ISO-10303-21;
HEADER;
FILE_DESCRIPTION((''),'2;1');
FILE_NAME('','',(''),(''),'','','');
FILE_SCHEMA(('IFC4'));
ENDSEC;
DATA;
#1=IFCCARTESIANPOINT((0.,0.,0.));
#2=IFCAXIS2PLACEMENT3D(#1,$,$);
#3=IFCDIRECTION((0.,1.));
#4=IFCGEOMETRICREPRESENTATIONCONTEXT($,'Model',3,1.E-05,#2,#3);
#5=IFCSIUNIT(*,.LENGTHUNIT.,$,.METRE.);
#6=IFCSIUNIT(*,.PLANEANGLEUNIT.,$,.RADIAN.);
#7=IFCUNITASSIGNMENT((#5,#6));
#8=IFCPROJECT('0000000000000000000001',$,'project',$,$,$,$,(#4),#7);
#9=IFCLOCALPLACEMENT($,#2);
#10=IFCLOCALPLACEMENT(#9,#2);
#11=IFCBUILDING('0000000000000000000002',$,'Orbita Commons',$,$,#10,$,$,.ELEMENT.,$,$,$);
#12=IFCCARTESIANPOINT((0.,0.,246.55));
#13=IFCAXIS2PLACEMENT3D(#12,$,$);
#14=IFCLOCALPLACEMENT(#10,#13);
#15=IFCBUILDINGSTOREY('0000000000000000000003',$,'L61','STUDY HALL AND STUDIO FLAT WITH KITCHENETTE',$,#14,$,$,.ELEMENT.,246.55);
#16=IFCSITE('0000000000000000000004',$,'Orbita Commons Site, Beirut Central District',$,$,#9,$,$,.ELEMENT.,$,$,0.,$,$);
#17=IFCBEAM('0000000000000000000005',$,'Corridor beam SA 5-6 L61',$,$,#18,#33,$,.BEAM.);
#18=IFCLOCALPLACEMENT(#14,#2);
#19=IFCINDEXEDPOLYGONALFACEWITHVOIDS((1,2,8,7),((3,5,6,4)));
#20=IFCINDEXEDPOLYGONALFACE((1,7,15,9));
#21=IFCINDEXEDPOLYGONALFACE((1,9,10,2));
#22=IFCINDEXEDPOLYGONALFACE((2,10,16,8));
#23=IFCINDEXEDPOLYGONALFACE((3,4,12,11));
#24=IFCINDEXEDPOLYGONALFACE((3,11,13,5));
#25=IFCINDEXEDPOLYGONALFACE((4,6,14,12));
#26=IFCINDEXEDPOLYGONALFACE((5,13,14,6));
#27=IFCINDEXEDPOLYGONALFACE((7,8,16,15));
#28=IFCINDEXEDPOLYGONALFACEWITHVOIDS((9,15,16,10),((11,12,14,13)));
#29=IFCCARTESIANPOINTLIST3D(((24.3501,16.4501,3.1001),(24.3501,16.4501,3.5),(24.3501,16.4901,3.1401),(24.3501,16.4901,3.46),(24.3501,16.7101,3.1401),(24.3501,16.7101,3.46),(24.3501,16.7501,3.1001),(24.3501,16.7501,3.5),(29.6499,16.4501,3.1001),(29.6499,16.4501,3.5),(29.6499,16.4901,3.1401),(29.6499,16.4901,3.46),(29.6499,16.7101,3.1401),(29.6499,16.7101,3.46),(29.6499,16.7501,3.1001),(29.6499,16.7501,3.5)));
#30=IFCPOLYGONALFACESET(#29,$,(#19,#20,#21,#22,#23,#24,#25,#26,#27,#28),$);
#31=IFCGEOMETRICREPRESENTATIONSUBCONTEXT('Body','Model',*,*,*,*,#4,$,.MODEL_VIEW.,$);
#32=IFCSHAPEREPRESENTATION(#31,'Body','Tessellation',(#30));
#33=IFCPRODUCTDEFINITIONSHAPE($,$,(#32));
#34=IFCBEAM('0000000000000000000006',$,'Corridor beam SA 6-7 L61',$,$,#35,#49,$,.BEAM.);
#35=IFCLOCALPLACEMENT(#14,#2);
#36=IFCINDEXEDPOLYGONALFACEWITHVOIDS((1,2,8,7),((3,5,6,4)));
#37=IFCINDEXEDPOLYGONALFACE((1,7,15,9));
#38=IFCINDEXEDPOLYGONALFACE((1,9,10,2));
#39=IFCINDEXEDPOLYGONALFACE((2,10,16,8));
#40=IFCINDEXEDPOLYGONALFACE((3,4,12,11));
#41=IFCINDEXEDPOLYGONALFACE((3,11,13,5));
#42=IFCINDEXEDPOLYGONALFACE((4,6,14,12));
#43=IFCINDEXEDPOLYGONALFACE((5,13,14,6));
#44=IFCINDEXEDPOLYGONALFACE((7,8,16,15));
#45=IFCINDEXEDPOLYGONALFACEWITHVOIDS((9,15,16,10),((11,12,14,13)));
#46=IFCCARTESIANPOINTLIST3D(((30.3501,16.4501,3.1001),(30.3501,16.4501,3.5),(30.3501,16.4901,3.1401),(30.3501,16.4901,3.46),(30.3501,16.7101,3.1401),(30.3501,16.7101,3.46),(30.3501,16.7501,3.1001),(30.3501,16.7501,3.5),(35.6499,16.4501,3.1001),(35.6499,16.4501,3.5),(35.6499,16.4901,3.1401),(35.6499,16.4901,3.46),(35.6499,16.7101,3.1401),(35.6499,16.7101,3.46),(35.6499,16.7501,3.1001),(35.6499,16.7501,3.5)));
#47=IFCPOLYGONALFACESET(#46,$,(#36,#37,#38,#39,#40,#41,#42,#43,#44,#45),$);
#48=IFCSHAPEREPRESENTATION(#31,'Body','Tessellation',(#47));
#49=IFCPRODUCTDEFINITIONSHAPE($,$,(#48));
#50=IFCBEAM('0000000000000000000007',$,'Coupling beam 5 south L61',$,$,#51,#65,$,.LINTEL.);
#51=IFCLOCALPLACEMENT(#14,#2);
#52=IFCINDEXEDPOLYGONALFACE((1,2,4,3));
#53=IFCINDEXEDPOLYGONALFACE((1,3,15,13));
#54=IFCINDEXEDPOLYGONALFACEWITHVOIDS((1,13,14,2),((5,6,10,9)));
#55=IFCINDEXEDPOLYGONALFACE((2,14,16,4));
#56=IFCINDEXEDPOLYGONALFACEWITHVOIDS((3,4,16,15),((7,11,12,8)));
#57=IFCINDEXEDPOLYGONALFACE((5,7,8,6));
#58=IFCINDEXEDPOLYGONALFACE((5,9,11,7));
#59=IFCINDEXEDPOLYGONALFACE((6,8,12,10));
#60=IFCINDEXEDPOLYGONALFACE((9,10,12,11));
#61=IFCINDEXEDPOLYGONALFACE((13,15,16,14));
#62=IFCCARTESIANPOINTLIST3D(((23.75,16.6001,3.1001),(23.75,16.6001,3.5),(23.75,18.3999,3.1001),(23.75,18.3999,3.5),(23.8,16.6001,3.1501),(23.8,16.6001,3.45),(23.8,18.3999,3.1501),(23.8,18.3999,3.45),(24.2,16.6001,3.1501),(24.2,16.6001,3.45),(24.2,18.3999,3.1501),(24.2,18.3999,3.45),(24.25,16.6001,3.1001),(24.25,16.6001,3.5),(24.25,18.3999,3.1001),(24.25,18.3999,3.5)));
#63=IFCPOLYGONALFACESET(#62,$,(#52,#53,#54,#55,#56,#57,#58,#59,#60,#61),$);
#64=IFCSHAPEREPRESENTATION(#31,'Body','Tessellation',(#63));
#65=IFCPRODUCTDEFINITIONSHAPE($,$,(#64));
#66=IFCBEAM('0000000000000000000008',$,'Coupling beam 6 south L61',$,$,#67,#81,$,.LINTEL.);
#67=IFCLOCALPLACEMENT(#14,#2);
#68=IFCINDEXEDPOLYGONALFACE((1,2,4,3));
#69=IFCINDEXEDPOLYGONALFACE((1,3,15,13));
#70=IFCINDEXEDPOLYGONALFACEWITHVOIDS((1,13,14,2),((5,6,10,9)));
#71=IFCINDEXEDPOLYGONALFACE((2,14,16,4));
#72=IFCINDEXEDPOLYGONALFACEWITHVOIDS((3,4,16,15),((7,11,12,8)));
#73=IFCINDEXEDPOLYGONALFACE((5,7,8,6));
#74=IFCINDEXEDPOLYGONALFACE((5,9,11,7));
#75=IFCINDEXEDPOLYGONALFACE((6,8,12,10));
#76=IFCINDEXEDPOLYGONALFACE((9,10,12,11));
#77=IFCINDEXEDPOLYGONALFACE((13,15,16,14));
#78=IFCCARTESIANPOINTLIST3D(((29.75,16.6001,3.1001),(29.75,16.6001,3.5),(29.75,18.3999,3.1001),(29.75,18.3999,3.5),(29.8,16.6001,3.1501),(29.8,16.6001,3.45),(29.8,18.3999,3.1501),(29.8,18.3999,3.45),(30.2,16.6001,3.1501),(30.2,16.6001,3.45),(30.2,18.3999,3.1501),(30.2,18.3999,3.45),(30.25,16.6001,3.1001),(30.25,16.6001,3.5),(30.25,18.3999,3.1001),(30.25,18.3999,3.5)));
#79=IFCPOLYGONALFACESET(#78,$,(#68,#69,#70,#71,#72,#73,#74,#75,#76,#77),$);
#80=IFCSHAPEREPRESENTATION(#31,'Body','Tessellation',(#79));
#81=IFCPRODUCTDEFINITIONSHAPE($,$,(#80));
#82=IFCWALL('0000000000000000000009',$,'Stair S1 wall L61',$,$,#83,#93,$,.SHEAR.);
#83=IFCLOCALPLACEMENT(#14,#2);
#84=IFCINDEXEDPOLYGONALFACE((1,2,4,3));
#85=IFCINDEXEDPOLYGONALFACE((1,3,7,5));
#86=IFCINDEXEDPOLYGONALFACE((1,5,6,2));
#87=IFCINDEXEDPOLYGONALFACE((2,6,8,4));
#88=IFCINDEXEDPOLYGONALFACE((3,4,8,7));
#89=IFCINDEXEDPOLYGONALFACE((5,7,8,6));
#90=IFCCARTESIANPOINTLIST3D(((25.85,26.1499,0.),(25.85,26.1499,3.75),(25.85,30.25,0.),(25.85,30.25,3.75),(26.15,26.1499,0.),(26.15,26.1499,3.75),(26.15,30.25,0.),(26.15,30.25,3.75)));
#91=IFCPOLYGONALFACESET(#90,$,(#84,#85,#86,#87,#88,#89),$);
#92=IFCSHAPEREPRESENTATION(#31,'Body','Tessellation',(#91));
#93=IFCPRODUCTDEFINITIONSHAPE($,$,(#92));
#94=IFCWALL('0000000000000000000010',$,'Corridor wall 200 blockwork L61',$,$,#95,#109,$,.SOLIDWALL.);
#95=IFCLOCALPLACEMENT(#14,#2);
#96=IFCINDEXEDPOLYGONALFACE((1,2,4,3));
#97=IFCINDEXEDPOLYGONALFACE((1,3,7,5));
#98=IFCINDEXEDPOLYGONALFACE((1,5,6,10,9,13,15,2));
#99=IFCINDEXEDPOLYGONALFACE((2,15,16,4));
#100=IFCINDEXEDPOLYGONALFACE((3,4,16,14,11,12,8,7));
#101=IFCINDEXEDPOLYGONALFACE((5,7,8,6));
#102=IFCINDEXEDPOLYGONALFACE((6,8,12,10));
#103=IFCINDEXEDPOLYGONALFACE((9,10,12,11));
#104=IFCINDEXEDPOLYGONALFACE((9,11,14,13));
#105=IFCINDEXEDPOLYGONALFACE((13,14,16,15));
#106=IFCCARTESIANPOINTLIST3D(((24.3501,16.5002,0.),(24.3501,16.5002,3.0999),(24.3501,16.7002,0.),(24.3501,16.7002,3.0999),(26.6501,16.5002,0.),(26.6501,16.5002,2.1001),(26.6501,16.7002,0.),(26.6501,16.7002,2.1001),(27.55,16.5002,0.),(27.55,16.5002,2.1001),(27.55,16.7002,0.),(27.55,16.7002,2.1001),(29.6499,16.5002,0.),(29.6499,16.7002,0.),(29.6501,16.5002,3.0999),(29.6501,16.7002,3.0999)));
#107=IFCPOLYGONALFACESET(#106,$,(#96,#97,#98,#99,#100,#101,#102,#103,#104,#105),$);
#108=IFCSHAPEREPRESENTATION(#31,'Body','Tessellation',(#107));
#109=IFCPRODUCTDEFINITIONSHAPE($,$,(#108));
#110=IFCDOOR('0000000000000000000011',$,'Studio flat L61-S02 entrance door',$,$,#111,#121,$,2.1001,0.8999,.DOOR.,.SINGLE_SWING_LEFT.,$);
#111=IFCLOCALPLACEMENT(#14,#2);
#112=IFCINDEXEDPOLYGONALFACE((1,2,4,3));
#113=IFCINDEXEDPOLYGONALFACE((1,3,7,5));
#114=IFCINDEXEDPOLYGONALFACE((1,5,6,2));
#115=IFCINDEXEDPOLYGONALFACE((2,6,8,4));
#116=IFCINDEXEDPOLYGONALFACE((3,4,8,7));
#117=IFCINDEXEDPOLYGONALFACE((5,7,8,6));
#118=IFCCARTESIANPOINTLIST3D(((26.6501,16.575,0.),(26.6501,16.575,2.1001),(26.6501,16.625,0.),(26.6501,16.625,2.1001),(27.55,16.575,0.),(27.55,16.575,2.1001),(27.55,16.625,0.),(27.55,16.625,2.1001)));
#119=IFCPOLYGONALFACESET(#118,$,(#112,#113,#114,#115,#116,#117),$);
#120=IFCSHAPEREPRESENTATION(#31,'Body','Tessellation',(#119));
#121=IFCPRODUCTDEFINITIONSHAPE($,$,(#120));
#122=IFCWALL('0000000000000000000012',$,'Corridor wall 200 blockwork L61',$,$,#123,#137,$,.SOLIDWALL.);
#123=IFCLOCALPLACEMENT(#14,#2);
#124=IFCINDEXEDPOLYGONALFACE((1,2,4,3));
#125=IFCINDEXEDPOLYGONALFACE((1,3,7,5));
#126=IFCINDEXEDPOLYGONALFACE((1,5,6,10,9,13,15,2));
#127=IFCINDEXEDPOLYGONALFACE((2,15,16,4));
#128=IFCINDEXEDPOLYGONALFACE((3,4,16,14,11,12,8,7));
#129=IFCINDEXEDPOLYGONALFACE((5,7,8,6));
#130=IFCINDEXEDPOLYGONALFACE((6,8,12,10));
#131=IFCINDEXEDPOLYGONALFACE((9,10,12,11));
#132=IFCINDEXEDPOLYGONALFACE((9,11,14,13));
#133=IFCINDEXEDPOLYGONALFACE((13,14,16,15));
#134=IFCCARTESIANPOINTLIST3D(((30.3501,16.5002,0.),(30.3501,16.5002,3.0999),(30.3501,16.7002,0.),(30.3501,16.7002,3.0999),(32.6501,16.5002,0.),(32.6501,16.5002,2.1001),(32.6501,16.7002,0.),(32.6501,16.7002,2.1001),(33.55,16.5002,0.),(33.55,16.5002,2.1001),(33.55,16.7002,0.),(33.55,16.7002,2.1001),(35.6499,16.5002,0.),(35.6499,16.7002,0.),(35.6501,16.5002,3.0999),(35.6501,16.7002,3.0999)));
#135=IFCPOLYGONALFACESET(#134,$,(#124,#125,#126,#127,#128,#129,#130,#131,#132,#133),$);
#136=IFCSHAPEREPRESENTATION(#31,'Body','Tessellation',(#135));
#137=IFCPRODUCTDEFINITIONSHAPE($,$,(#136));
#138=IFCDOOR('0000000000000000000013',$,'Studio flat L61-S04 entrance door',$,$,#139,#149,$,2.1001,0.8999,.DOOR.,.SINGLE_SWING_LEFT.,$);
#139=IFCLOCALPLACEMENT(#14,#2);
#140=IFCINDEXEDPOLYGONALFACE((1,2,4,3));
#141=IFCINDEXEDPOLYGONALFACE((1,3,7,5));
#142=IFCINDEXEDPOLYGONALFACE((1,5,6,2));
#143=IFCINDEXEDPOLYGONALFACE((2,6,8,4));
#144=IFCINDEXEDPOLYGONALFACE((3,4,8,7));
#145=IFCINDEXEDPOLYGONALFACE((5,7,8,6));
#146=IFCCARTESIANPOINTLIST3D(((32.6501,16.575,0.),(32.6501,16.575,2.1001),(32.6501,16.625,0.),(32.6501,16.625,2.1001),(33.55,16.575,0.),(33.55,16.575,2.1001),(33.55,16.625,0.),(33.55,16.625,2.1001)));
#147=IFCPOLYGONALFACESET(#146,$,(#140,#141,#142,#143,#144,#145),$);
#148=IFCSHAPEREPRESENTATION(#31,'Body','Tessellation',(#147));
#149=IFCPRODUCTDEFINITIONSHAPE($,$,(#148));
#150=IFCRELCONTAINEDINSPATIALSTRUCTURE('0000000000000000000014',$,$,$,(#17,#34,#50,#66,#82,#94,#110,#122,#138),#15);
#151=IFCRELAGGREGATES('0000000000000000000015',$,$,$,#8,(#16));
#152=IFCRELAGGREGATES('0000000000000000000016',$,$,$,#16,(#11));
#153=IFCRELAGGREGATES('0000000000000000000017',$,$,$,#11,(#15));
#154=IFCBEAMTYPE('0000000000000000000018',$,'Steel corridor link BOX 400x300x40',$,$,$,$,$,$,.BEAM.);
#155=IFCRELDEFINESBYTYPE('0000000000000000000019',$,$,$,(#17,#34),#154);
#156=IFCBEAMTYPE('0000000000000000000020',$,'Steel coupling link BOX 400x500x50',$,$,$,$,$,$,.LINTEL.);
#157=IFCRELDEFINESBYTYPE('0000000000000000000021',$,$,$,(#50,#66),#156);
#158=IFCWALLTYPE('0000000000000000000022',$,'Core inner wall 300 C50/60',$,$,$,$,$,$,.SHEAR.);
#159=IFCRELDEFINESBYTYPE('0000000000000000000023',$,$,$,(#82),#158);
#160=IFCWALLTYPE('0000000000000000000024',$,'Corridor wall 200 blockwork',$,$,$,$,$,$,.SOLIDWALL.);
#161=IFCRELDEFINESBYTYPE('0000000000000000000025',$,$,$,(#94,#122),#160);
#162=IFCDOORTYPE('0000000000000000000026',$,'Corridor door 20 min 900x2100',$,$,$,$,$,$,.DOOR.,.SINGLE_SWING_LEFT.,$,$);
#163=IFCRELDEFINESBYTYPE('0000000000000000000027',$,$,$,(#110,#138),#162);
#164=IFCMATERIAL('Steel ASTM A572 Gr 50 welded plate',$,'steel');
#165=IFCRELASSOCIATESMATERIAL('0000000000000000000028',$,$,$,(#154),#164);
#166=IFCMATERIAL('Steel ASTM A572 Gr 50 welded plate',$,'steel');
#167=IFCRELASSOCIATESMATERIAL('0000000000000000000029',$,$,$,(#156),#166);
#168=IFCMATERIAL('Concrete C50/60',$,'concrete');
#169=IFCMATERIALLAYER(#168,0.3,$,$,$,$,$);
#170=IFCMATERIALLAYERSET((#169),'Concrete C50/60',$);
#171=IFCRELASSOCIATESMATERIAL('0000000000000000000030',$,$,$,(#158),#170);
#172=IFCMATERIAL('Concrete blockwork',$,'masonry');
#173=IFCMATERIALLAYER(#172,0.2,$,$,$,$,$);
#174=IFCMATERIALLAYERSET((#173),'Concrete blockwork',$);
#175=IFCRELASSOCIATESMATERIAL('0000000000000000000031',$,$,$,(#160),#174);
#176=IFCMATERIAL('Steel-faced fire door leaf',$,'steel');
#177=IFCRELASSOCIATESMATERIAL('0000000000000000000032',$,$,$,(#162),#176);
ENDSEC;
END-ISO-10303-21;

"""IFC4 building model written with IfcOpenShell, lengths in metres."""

from ifc_helpers import new_model, si_unit, direction, frame, frame_2d, origin, origin_2d, place, context, subcontext, project, spatial, polyline, rectangle, hollow_rectangle, outline, extrude, material, layer, layer_set, material_profile, profile_set, type_object, element, fill, save


model = new_model("IFC4")

# Units and contexts
model_context = context("Model", 3, precision=1e-05, world=origin(), true_north=direction((0.0, 1.0)))
body_context = subcontext(model_context, "Body", "Model", "MODEL_VIEW")
ifc_project = project(units=[si_unit("LENGTHUNIT", "METRE"), si_unit("PLANEANGLEUNIT", "RADIAN")], contexts=[model_context])

# Site, building, storey
site_placement = place(None, origin())
site = spatial("IfcSite", under=ifc_project, at=site_placement, Name="Orbita Commons Site, Beirut Central District", CompositionType="ELEMENT", RefElevation=0.0)
building_placement = place(site_placement, origin())
building = spatial("IfcBuilding", under=site, at=building_placement, Name="Orbita Commons", CompositionType="ELEMENT")
storey_placement = place(building_placement, frame((0.0, 0.0, 246.55)))
storey = spatial("IfcBuildingStorey", under=building, at=storey_placement, Name="L61", Description="STUDY HALL AND STUDIO FLAT WITH KITCHENETTE", CompositionType="ELEMENT", Elevation=246.55)

# Beams
ifc_material_1 = material(Name="Steel ASTM A572 Gr 50 welded plate", Category="steel")
ifc_material_profile_1 = material_profile(ifc_material_1, hollow_rectangle(XDim=0.3, YDim=0.3999, WallThickness=0.04, at=origin_2d()), Name="BOX 400x300x40")
ifc_profile_set_1 = profile_set([ifc_material_profile_1], Name="Steel ASTM A572 Gr 50 welded plate")
beam_type_1 = type_object("IfcBeamType", Name="Steel corridor link BOX 400x300x40", PredefinedType="BEAM", material=ifc_profile_set_1)
for number, where, z_axis, x_axis, name in (
    (1, (24.3501, 16.6001, 3.3), (1.0, 0.0, 0.0), (0.0, 1.0, 0.0), "Corridor beam SA 5-6 L61"),
    (2, (30.3501, 16.6001, 3.3), (1.0, 0.0, 0.0), (0.0, 1.0, 0.0), "Corridor beam SA 6-7 L61"),
):
    element("IfcBeam", number, at=place(storey_placement, frame(where, z_axis=z_axis, x_axis=x_axis)), inside=storey, type_object=beam_type_1, Name=name, PredefinedType="BEAM", context=body_context, shape_type="SweptSolid", body=[
        extrude(hollow_rectangle(XDim=0.3, YDim=0.3999, WallThickness=0.04, at=origin_2d()), origin(), (0.0, 0.0, 1.0), 5.2998),
    ])
ifc_material_2 = material(Name="Steel ASTM A572 Gr 50 welded plate", Category="steel")
ifc_material_profile_2 = material_profile(ifc_material_2, hollow_rectangle(XDim=0.5, YDim=0.3999, WallThickness=0.05, at=origin_2d()), Name="BOX 400x500x50")
ifc_profile_set_2 = profile_set([ifc_material_profile_2], Name="Steel ASTM A572 Gr 50 welded plate")
beam_type_2 = type_object("IfcBeamType", Name="Steel coupling link BOX 400x500x50", PredefinedType="LINTEL", material=ifc_profile_set_2)
for number, where, z_axis, x_axis, name in (
    (3, (24.0, 16.6001, 3.3), (0.0, 1.0, 0.0), (-1.0, 0.0, 0.0), "Coupling beam 5 south L61"),
    (4, (30.0, 16.6001, 3.3), (0.0, 1.0, 0.0), (-1.0, 0.0, 0.0), "Coupling beam 6 south L61"),
):
    element("IfcBeam", number, at=place(storey_placement, frame(where, z_axis=z_axis, x_axis=x_axis)), inside=storey, type_object=beam_type_2, Name=name, PredefinedType="LINTEL", context=body_context, shape_type="SweptSolid", body=[
        extrude(hollow_rectangle(XDim=0.5, YDim=0.3999, WallThickness=0.05, at=origin_2d()), origin(), (0.0, 0.0, 1.0), 1.7998),
    ])

# Wall
ifc_material_3 = material(Name="Concrete C50/60", Category="concrete")
ifc_layer_1 = layer(ifc_material_3, 0.3)
ifc_layer_set_1 = layer_set([ifc_layer_1], Name="Concrete C50/60")
wall_type_1 = type_object("IfcWallType", Name="Core inner wall 300 C50/60", PredefinedType="SHEAR", material=ifc_layer_set_1)
wall_1_placement = place(storey_placement, frame((26.0, 26.1499, 0.0), z_axis=(0.0, 0.0, 1.0), x_axis=(0.0, 1.0, 0.0)))
element("IfcWall", 5, at=wall_1_placement, inside=storey, type_object=wall_type_1, Name="Stair S1 wall L61", PredefinedType="SHEAR", context=body_context, shape_type="SweptSolid", body=[
    extrude(rectangle(XDim=4.1001, YDim=0.3, at=frame_2d((2.05, 0.0))), origin(), (0.0, 0.0, 1.0), 3.75),
])

# Walls, openings, doors
ifc_material_4 = material(Name="Concrete blockwork", Category="masonry")
ifc_layer_2 = layer(ifc_material_4, 0.2)
ifc_layer_set_2 = layer_set([ifc_layer_2], Name="Concrete blockwork")
wall_type_2 = type_object("IfcWallType", Name="Corridor wall 200 blockwork", PredefinedType="SOLIDWALL", material=ifc_layer_set_2)
wall_2_placement = place(storey_placement, frame((24.3501, 16.6001, 0.0), z_axis=(0.0, 0.0, 1.0), x_axis=(1.0, 0.0, 0.0)))
wall_2 = element("IfcWall", 6, at=wall_2_placement, inside=storey, type_object=wall_type_2, Name="Corridor wall 200 blockwork L61", PredefinedType="SOLIDWALL", context=body_context, shape_type="SweptSolid", body=[
    extrude(outline(polyline([(0.0, 0.0), (5.2998, 0.0), (5.3, 3.0999), (0.0, 3.0999), (0.0, 0.0)])), frame((0.0, 0.1001, 0.0), z_axis=(0.0, -1.0, 0.0), x_axis=(1.0, 0.0, 0.0)), (0.0, 0.0, 1.0), 0.2),
])
opening_1_placement = place(wall_2_placement, frame((2.3, 0.0, 0.0)))
opening_1 = element("IfcOpeningElement", 7, at=opening_1_placement, cuts=wall_2, PredefinedType="OPENING", context=body_context, shape_type="SweptSolid", body=[
    extrude(rectangle(XDim=0.8999, YDim=2.1001, at=frame_2d((0.45, 1.05))), frame((0.0, 0.1099, 0.0), z_axis=(0.0, -1.0, 0.0), x_axis=(1.0, 0.0, 0.0)), (0.0, 0.0, 1.0), 0.22),
])
ifc_material_5 = material(Name="Steel-faced fire door leaf", Category="steel")
door_type_1 = type_object("IfcDoorType", Name="Corridor door 20 min 900x2100", OperationType="SINGLE_SWING_LEFT", PredefinedType="DOOR", material=ifc_material_5)
door_1_placement = place(opening_1_placement, origin())
door_1 = element("IfcDoor", 8, at=door_1_placement, inside=storey, type_object=door_type_1, Name="Studio flat L61-S02 entrance door", OperationType="SINGLE_SWING_LEFT", OverallHeight=2.1001, OverallWidth=0.8999, PredefinedType="DOOR", context=body_context, shape_type="SweptSolid", body=[
    extrude(rectangle(XDim=0.8999, YDim=2.1001, at=frame_2d((0.45, 1.05))), frame((0.0, 0.0249, 0.0), z_axis=(0.0, -1.0, 0.0), x_axis=(1.0, 0.0, 0.0)), (0.0, 0.0, 1.0), 0.05),
])
fill(opening_1, door_1)
wall_3_placement = place(storey_placement, frame((30.3501, 16.6001, 0.0), z_axis=(0.0, 0.0, 1.0), x_axis=(1.0, 0.0, 0.0)))
wall_3 = element("IfcWall", 9, at=wall_3_placement, inside=storey, type_object=wall_type_2, Name="Corridor wall 200 blockwork L61", PredefinedType="SOLIDWALL", context=body_context, shape_type="SweptSolid", body=[
    extrude(outline(polyline([(0.0, 0.0), (5.2998, 0.0), (5.3, 3.0999), (0.0, 3.0999), (0.0, 0.0)])), frame((0.0, 0.1001, 0.0), z_axis=(0.0, -1.0, 0.0), x_axis=(1.0, 0.0, 0.0)), (0.0, 0.0, 1.0), 0.2),
])
opening_2_placement = place(wall_3_placement, frame((2.3, 0.0, 0.0)))
opening_2 = element("IfcOpeningElement", 10, at=opening_2_placement, cuts=wall_3, PredefinedType="OPENING", context=body_context, shape_type="SweptSolid", body=[
    extrude(rectangle(XDim=0.8999, YDim=2.1001, at=frame_2d((0.45, 1.05))), frame((0.0, 0.1099, 0.0), z_axis=(0.0, -1.0, 0.0), x_axis=(1.0, 0.0, 0.0)), (0.0, 0.0, 1.0), 0.22),
])
door_2_placement = place(opening_2_placement, origin())
door_2 = element("IfcDoor", 11, at=door_2_placement, inside=storey, type_object=door_type_1, Name="Studio flat L61-S04 entrance door", OperationType="SINGLE_SWING_LEFT", OverallHeight=2.1001, OverallWidth=0.8999, PredefinedType="DOOR", context=body_context, shape_type="SweptSolid", body=[
    extrude(rectangle(XDim=0.8999, YDim=2.1001, at=frame_2d((0.45, 1.05))), frame((0.0, 0.0249, 0.0), z_axis=(0.0, -1.0, 0.0), x_axis=(1.0, 0.0, 0.0)), (0.0, 0.0, 1.0), 0.05),
])
fill(opening_2, door_2)

save(model, "model.ifc")
